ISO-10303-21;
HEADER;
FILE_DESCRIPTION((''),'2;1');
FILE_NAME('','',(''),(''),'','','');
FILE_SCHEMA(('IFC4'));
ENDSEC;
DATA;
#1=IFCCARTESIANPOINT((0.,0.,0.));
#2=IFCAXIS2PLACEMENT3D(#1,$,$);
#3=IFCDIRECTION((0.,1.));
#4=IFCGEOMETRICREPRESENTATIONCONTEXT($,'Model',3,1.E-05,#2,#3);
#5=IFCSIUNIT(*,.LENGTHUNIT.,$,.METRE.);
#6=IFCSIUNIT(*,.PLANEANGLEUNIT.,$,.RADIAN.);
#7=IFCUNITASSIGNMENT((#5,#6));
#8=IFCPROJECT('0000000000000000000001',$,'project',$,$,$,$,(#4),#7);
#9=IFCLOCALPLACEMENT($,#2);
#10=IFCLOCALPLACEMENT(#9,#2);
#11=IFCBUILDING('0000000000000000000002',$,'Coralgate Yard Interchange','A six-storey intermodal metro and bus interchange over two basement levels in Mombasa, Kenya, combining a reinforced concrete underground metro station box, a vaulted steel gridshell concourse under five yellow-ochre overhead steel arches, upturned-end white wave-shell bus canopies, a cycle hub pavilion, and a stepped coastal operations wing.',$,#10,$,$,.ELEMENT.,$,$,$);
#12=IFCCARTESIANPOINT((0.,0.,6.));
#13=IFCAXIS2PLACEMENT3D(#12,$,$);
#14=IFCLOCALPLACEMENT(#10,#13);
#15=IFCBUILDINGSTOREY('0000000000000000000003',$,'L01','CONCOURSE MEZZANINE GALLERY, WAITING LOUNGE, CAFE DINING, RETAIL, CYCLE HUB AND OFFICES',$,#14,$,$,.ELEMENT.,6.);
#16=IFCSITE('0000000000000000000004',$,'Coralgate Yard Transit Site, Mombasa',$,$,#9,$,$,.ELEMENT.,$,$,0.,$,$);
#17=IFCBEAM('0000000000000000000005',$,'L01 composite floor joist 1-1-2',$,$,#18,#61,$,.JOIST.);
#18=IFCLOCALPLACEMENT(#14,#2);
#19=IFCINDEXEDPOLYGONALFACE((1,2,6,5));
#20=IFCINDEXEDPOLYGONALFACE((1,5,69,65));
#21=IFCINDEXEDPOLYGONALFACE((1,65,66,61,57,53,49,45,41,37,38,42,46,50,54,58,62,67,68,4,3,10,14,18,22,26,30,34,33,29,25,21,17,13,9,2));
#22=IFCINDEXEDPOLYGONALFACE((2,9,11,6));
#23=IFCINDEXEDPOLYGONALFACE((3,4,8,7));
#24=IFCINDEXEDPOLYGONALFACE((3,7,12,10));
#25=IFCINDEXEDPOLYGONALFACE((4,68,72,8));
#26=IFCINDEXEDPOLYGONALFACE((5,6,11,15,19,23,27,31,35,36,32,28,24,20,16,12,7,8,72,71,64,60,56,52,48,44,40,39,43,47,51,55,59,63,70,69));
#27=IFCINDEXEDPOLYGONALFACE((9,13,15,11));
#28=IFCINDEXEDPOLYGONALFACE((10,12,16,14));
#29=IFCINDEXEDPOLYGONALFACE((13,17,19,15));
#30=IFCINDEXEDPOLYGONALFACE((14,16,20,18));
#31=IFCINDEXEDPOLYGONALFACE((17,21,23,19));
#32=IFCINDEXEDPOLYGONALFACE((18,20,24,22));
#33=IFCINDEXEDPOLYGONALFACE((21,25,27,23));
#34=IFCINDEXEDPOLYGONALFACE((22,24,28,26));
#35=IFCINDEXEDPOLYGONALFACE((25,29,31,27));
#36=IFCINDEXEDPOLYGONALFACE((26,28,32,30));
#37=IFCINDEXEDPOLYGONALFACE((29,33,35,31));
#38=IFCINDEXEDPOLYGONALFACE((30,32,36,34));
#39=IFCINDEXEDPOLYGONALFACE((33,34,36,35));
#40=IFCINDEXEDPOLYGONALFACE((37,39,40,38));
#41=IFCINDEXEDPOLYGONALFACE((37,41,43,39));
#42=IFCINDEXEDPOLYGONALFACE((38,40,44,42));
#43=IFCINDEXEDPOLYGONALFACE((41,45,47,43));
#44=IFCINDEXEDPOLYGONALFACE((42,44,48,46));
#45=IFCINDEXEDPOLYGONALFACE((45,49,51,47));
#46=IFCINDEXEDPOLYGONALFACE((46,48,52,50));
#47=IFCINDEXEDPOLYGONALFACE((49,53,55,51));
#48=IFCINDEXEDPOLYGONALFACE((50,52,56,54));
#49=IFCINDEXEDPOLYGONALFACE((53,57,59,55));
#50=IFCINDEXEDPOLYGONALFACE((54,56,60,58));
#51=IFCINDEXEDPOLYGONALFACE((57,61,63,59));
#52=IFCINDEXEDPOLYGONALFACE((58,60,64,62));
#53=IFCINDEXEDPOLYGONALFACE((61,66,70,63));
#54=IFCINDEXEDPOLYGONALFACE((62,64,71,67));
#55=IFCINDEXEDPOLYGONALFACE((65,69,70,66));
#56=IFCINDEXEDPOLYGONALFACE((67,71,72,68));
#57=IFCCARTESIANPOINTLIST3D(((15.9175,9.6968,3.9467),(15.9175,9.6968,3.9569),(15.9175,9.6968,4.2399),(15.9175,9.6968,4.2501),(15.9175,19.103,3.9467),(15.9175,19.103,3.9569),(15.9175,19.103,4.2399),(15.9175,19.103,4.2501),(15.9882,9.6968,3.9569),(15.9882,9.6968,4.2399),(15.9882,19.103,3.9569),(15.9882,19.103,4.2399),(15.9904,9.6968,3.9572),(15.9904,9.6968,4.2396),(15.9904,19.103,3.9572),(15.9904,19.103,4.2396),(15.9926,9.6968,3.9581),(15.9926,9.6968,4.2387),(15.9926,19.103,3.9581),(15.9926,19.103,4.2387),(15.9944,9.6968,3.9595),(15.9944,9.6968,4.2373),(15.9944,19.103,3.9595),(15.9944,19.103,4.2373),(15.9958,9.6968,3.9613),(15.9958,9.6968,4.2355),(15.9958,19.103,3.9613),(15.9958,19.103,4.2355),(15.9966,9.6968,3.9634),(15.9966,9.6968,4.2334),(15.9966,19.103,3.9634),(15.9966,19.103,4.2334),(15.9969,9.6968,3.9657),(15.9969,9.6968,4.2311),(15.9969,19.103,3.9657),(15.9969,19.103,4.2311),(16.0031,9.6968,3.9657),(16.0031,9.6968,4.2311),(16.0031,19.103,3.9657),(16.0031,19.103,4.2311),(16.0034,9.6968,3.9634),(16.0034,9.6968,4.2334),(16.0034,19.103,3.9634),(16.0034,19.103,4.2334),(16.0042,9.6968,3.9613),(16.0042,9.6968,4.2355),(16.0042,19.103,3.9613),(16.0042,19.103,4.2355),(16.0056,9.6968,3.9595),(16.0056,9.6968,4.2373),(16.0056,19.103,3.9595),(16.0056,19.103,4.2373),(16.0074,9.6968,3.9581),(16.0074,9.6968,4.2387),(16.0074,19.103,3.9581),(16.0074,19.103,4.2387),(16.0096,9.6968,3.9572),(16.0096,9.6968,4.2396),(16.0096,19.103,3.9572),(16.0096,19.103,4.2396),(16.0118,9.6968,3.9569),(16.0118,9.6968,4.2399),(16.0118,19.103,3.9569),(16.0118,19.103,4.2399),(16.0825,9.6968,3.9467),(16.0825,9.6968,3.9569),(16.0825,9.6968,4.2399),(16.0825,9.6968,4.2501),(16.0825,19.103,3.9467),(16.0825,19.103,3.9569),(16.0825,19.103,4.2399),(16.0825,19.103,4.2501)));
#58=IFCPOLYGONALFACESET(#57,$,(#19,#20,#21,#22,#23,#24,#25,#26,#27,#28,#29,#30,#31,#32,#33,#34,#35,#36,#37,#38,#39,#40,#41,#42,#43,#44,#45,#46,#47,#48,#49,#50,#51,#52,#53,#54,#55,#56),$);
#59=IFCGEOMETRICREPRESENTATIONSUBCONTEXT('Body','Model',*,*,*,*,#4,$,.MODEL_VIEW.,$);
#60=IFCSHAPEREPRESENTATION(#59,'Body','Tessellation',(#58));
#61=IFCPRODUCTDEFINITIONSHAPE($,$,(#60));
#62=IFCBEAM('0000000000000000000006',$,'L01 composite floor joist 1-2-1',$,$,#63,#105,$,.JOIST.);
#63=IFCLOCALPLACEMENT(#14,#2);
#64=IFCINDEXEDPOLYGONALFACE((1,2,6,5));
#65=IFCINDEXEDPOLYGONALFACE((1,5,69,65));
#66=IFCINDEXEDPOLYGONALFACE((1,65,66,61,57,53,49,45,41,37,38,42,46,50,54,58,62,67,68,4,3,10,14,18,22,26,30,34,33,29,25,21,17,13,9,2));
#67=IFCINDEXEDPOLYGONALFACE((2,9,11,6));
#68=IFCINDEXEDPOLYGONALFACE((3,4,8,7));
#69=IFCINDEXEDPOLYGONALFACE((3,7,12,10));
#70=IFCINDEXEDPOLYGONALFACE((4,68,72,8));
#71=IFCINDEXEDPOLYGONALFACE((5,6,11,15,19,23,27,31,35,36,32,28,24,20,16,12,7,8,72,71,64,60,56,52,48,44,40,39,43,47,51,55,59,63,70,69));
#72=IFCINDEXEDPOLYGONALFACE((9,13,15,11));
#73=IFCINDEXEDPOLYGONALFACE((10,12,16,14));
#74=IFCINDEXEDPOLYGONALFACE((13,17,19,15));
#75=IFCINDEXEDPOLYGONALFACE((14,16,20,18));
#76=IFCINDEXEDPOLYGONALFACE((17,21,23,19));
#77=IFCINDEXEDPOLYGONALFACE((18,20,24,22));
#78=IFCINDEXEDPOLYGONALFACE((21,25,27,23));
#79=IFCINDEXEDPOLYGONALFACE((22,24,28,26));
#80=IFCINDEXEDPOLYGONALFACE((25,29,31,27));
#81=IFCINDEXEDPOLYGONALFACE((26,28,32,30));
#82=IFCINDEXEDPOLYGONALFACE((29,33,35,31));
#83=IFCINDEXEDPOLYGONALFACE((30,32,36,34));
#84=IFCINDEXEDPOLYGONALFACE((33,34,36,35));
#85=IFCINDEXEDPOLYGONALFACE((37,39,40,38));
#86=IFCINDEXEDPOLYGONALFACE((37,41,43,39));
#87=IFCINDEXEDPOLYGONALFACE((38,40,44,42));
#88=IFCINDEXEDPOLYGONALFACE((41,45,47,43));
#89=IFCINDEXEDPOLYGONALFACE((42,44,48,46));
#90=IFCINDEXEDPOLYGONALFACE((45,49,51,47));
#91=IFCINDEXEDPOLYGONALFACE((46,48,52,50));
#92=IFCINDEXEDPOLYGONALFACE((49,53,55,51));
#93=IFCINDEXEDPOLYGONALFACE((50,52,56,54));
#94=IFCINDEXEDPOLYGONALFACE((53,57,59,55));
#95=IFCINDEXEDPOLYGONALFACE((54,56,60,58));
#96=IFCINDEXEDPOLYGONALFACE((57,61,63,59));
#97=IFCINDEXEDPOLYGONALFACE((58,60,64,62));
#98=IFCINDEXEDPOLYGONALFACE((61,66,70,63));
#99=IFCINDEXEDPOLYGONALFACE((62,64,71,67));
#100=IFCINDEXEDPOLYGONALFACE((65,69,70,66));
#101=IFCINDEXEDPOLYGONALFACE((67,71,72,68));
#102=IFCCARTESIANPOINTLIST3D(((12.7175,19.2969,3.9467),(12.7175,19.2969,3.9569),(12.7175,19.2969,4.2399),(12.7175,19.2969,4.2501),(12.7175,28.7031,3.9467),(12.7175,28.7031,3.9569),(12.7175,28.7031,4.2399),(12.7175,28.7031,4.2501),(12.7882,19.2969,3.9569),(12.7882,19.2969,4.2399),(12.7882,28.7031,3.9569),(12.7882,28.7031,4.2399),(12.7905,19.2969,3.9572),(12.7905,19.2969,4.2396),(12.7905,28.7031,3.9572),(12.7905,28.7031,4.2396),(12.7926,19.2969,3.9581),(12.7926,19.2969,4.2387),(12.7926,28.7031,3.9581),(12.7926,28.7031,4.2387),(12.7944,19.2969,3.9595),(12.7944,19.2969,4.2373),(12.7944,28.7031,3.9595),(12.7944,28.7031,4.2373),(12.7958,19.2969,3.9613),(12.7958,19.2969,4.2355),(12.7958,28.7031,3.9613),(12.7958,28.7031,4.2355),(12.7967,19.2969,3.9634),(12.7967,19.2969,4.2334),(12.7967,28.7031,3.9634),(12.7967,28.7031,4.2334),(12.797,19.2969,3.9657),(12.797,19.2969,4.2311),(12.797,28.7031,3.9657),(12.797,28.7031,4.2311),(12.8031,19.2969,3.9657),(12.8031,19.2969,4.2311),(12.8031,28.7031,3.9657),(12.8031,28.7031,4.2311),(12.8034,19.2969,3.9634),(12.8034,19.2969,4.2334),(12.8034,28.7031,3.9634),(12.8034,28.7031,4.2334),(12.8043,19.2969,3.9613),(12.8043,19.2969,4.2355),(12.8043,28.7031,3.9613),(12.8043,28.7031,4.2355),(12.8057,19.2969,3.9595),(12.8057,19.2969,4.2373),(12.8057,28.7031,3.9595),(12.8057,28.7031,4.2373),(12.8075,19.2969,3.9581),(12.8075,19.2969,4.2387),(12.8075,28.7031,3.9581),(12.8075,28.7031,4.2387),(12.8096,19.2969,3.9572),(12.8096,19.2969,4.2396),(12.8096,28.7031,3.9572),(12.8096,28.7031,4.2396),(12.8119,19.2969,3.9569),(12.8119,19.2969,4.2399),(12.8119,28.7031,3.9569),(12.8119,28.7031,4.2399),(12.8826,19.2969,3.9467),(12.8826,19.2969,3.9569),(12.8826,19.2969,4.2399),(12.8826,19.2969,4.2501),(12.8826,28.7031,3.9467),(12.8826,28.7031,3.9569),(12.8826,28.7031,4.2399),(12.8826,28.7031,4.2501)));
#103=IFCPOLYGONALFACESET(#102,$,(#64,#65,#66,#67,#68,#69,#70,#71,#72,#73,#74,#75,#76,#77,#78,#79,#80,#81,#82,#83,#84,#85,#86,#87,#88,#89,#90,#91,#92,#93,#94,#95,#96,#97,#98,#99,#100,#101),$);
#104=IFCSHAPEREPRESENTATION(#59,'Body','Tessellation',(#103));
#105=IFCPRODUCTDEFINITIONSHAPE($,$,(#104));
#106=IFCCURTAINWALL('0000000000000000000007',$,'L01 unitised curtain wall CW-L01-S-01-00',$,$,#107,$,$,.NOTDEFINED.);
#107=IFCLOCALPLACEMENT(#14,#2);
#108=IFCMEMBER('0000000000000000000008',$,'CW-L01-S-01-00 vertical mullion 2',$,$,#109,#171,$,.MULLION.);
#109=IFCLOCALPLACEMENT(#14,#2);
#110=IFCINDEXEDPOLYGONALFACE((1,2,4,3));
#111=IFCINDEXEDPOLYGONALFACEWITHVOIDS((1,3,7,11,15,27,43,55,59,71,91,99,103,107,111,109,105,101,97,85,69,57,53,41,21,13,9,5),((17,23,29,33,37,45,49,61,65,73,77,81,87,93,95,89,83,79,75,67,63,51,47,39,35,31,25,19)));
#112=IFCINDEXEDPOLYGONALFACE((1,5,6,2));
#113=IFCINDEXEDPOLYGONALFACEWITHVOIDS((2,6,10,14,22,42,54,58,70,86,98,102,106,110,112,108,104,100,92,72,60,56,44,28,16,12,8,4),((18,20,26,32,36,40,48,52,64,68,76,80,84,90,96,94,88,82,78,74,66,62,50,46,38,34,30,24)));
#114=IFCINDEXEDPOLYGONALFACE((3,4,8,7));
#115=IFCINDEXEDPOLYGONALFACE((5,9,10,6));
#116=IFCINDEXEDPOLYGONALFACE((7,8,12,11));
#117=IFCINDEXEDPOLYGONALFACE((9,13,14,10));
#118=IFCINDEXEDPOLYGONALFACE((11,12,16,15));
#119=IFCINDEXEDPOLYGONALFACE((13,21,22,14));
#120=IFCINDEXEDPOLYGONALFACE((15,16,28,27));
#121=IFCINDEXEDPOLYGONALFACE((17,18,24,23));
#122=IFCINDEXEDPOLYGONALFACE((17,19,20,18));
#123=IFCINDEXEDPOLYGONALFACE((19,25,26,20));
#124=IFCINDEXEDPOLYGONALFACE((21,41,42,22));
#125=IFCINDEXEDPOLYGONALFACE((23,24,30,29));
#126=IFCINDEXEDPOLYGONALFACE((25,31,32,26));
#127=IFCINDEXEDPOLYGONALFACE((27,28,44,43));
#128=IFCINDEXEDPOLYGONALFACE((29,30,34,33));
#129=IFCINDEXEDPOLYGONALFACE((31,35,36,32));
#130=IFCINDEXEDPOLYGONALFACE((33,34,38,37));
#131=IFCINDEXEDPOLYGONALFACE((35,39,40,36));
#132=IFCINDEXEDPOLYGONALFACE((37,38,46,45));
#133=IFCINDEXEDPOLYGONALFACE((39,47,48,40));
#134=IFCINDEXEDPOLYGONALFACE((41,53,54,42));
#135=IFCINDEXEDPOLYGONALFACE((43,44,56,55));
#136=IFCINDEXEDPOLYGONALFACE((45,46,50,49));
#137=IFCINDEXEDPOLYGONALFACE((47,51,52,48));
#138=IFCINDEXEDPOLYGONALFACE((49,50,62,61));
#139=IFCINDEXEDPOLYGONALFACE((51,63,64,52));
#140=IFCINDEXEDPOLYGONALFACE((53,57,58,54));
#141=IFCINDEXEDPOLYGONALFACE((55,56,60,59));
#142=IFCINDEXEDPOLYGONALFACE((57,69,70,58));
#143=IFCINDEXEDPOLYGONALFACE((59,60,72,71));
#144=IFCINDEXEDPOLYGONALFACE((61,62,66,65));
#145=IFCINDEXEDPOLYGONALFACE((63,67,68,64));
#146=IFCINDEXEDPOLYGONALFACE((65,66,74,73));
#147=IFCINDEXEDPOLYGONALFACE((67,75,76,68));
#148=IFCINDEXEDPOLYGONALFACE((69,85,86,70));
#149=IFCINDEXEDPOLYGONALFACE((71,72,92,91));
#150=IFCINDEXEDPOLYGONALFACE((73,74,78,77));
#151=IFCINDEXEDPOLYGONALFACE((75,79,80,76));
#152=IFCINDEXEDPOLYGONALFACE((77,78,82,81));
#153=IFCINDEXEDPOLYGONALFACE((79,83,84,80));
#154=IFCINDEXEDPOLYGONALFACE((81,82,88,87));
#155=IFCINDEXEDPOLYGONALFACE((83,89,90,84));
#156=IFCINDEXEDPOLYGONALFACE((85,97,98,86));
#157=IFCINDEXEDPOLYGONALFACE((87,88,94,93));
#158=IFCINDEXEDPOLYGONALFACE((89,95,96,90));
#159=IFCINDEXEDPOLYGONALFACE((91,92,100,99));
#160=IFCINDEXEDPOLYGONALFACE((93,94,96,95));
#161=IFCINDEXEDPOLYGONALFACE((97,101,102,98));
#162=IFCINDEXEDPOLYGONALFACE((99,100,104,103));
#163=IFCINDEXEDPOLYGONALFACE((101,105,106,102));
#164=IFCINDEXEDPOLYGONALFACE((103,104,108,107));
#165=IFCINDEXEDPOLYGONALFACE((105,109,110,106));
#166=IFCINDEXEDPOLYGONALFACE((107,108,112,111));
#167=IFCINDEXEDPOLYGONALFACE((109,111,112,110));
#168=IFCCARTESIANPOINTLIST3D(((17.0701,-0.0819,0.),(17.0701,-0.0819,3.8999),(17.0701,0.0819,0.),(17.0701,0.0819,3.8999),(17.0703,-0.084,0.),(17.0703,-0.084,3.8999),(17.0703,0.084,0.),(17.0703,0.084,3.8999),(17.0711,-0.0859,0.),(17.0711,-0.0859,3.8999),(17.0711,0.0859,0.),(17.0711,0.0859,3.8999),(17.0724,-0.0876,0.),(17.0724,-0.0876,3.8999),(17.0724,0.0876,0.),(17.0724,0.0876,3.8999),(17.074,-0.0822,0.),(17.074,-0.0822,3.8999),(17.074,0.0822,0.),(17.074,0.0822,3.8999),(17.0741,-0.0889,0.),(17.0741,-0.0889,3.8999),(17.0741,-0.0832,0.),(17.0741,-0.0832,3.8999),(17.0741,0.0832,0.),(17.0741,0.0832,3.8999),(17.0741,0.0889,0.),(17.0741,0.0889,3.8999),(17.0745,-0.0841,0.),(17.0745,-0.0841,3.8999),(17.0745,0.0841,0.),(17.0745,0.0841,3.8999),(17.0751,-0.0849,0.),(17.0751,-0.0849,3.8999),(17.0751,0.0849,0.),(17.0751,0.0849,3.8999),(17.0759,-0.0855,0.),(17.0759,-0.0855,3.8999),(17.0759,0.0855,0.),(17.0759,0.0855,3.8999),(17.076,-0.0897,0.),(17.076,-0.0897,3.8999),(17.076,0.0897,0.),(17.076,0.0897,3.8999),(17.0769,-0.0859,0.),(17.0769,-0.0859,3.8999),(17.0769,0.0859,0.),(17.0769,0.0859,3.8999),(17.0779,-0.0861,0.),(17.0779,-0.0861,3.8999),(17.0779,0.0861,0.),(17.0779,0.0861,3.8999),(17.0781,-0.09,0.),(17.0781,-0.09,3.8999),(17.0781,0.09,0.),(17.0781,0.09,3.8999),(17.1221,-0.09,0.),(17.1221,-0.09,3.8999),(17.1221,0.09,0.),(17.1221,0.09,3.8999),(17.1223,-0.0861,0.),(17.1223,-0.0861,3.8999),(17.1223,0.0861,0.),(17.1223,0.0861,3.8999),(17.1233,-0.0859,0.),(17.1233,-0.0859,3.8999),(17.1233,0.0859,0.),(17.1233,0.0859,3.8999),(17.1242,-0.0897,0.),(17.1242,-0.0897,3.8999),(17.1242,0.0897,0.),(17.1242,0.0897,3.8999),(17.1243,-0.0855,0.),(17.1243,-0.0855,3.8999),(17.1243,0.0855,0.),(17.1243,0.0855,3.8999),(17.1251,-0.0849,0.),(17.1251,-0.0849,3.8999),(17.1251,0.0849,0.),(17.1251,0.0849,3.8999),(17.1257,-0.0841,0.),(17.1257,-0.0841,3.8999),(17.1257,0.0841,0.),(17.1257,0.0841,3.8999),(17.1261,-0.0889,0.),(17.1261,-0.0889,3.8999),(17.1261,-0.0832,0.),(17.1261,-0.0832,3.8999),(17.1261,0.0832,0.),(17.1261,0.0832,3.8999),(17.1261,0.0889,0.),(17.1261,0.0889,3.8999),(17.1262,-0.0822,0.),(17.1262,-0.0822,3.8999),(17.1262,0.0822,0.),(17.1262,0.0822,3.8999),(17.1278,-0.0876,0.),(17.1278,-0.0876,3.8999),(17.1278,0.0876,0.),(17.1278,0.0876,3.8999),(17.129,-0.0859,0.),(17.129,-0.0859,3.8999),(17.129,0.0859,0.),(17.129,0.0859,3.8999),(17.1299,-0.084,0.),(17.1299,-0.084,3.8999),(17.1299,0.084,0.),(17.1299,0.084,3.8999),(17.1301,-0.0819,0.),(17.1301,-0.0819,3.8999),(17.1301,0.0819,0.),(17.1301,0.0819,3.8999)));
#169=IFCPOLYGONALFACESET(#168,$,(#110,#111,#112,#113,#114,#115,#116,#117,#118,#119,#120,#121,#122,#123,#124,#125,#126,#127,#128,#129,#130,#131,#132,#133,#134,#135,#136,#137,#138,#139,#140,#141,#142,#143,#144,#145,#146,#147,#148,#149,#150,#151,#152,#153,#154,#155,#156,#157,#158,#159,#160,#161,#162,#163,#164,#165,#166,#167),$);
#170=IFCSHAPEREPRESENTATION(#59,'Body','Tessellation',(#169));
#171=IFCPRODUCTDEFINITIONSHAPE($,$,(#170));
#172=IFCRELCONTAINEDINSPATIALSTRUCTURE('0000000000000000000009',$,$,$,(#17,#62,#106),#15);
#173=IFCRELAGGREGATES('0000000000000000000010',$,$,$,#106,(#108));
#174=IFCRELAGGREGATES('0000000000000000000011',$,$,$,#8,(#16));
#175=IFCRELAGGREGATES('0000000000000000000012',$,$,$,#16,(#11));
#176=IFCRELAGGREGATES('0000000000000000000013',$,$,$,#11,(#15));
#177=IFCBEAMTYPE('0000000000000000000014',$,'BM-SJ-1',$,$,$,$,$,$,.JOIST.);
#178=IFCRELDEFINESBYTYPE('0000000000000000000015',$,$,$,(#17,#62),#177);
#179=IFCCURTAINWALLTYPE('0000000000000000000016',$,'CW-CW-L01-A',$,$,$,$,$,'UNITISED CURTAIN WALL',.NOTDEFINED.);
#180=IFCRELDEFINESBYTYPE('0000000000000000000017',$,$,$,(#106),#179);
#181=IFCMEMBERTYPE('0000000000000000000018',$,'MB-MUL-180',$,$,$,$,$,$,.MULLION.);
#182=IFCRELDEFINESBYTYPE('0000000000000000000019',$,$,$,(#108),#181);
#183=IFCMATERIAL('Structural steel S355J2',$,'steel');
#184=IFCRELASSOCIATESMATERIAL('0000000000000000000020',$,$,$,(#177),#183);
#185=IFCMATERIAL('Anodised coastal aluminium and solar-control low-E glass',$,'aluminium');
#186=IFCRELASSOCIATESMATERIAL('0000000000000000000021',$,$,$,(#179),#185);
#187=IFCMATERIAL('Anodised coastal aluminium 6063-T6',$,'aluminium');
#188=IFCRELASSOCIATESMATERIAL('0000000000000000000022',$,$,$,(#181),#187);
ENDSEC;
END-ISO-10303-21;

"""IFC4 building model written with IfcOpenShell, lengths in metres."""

from ifc_helpers import new_model, si_unit, direction, frame, origin, origin_2d, place, context, subcontext, project, spatial, hollow_rectangle, i_section, extrude, material, material_profile, profile_set, type_object, element, aggregate, save


model = new_model("IFC4")

# Units and contexts
model_context = context("Model", 3, precision=1e-05, world=origin(), true_north=direction((0.0, 1.0)))
body_context = subcontext(model_context, "Body", "Model", "MODEL_VIEW")
ifc_project = project(units=[si_unit("LENGTHUNIT", "METRE"), si_unit("PLANEANGLEUNIT", "RADIAN")], contexts=[model_context])

# Site, building, storey
site_placement = place(None, origin())
site = spatial("IfcSite", under=ifc_project, at=site_placement, Name="Coralgate Yard Transit Site, Mombasa", CompositionType="ELEMENT", RefElevation=0.0)
building_placement = place(site_placement, origin())
building = spatial("IfcBuilding", under=site, at=building_placement, Name="Coralgate Yard Interchange", Description="A six-storey intermodal metro and bus interchange over two basement levels in Mombasa, Kenya, combining a reinforced concrete underground metro station box, a vaulted steel gridshell concourse under five yellow-ochre overhead steel arches, upturned-end white wave-shell bus canopies, a cycle hub pavilion, and a stepped coastal operations wing.", CompositionType="ELEMENT")
storey_placement = place(building_placement, frame((0.0, 0.0, 6.0)))
storey = spatial("IfcBuildingStorey", under=building, at=storey_placement, Name="L01", Description="CONCOURSE MEZZANINE GALLERY, WAITING LOUNGE, CAFE DINING, RETAIL, CYCLE HUB AND OFFICES", CompositionType="ELEMENT", Elevation=6.0)

# Shared definitions
ifc_material_1 = material(Name="Structural steel S355J2", Category="steel")

# Beams
ifc_material_profile_1 = material_profile(ifc_material_1, i_section(OverallWidth=0.165, OverallDepth=0.3035, WebThickness=0.0061, FlangeThickness=0.0103, FilletRadius=0.0088, at=origin_2d()), Name="UB 305x165x40")
ifc_profile_set_1 = profile_set([ifc_material_profile_1], Name="Structural steel S355J2")
beam_type_1 = type_object("IfcBeamType", Name="BM-SJ-1", PredefinedType="JOIST", material=ifc_profile_set_1)
for number, where, z_axis, x_axis, name in (
    (1, (16.0, 9.6968, 4.0984), (0.0, 1.0, 0.0), (-1.0, 0.0, 0.0), "L01 composite floor joist 1-1-2"),
    (2, (12.8, 19.2969, 4.0984), (0.0, 1.0, 0.0), (-1.0, 0.0, 0.0), "L01 composite floor joist 1-2-1"),
):
    element("IfcBeam", number, at=place(storey_placement, frame(where, z_axis=z_axis, x_axis=x_axis)), inside=storey, type_object=beam_type_1, Name=name, PredefinedType="JOIST", context=body_context, shape_type="SweptSolid", body=[
        extrude(i_section(OverallWidth=0.165, OverallDepth=0.3035, WebThickness=0.0061, FlangeThickness=0.0103, FilletRadius=0.0088, at=origin_2d()), origin(), (0.0, 0.0, 1.0), 9.4062),
    ])

# Curtain wall, member
ifc_material_2 = material(Name="Anodised coastal aluminium and solar-control low-E glass", Category="aluminium")
curtain_wall_type = type_object("IfcCurtainWallType", Name="CW-CW-L01-A", ElementType="UNITISED CURTAIN WALL", PredefinedType="NOTDEFINED", material=ifc_material_2)
curtain_wall_placement = place(storey_placement, origin())
curtain_wall = element("IfcCurtainWall", 3, at=curtain_wall_placement, inside=storey, type_object=curtain_wall_type, Name="L01 unitised curtain wall CW-L01-S-01-00", PredefinedType="NOTDEFINED")
ifc_material_3 = material(Name="Anodised coastal aluminium 6063-T6", Category="aluminium")
ifc_material_profile_2 = material_profile(ifc_material_3, hollow_rectangle(XDim=0.0601, YDim=0.1799, WallThickness=0.0039, InnerFilletRadius=0.0039, OuterFilletRadius=0.0081, at=origin_2d()), Name="ALU 60x180x4")
ifc_profile_set_2 = profile_set([ifc_material_profile_2], Name="Anodised coastal aluminium 6063-T6")
member_type_1 = type_object("IfcMemberType", Name="MB-MUL-180", PredefinedType="MULLION", material=ifc_profile_set_2)
member_1_placement = place(storey_placement, frame((17.1001, 0.0, 0.0), z_axis=(0.0, 0.0, 1.0), x_axis=(1.0, 0.0, 0.0)))
member_1 = element("IfcMember", 4, at=member_1_placement, type_object=member_type_1, Name="CW-L01-S-01-00 vertical mullion 2", PredefinedType="MULLION", context=body_context, shape_type="SweptSolid", body=[
    extrude(hollow_rectangle(XDim=0.0601, YDim=0.1799, WallThickness=0.0039, InnerFilletRadius=0.0039, OuterFilletRadius=0.0081, at=origin_2d()), origin(), (0.0, 0.0, 1.0), 3.8999),
])
aggregate(curtain_wall, [member_1])

save(model, "model.ifc")
